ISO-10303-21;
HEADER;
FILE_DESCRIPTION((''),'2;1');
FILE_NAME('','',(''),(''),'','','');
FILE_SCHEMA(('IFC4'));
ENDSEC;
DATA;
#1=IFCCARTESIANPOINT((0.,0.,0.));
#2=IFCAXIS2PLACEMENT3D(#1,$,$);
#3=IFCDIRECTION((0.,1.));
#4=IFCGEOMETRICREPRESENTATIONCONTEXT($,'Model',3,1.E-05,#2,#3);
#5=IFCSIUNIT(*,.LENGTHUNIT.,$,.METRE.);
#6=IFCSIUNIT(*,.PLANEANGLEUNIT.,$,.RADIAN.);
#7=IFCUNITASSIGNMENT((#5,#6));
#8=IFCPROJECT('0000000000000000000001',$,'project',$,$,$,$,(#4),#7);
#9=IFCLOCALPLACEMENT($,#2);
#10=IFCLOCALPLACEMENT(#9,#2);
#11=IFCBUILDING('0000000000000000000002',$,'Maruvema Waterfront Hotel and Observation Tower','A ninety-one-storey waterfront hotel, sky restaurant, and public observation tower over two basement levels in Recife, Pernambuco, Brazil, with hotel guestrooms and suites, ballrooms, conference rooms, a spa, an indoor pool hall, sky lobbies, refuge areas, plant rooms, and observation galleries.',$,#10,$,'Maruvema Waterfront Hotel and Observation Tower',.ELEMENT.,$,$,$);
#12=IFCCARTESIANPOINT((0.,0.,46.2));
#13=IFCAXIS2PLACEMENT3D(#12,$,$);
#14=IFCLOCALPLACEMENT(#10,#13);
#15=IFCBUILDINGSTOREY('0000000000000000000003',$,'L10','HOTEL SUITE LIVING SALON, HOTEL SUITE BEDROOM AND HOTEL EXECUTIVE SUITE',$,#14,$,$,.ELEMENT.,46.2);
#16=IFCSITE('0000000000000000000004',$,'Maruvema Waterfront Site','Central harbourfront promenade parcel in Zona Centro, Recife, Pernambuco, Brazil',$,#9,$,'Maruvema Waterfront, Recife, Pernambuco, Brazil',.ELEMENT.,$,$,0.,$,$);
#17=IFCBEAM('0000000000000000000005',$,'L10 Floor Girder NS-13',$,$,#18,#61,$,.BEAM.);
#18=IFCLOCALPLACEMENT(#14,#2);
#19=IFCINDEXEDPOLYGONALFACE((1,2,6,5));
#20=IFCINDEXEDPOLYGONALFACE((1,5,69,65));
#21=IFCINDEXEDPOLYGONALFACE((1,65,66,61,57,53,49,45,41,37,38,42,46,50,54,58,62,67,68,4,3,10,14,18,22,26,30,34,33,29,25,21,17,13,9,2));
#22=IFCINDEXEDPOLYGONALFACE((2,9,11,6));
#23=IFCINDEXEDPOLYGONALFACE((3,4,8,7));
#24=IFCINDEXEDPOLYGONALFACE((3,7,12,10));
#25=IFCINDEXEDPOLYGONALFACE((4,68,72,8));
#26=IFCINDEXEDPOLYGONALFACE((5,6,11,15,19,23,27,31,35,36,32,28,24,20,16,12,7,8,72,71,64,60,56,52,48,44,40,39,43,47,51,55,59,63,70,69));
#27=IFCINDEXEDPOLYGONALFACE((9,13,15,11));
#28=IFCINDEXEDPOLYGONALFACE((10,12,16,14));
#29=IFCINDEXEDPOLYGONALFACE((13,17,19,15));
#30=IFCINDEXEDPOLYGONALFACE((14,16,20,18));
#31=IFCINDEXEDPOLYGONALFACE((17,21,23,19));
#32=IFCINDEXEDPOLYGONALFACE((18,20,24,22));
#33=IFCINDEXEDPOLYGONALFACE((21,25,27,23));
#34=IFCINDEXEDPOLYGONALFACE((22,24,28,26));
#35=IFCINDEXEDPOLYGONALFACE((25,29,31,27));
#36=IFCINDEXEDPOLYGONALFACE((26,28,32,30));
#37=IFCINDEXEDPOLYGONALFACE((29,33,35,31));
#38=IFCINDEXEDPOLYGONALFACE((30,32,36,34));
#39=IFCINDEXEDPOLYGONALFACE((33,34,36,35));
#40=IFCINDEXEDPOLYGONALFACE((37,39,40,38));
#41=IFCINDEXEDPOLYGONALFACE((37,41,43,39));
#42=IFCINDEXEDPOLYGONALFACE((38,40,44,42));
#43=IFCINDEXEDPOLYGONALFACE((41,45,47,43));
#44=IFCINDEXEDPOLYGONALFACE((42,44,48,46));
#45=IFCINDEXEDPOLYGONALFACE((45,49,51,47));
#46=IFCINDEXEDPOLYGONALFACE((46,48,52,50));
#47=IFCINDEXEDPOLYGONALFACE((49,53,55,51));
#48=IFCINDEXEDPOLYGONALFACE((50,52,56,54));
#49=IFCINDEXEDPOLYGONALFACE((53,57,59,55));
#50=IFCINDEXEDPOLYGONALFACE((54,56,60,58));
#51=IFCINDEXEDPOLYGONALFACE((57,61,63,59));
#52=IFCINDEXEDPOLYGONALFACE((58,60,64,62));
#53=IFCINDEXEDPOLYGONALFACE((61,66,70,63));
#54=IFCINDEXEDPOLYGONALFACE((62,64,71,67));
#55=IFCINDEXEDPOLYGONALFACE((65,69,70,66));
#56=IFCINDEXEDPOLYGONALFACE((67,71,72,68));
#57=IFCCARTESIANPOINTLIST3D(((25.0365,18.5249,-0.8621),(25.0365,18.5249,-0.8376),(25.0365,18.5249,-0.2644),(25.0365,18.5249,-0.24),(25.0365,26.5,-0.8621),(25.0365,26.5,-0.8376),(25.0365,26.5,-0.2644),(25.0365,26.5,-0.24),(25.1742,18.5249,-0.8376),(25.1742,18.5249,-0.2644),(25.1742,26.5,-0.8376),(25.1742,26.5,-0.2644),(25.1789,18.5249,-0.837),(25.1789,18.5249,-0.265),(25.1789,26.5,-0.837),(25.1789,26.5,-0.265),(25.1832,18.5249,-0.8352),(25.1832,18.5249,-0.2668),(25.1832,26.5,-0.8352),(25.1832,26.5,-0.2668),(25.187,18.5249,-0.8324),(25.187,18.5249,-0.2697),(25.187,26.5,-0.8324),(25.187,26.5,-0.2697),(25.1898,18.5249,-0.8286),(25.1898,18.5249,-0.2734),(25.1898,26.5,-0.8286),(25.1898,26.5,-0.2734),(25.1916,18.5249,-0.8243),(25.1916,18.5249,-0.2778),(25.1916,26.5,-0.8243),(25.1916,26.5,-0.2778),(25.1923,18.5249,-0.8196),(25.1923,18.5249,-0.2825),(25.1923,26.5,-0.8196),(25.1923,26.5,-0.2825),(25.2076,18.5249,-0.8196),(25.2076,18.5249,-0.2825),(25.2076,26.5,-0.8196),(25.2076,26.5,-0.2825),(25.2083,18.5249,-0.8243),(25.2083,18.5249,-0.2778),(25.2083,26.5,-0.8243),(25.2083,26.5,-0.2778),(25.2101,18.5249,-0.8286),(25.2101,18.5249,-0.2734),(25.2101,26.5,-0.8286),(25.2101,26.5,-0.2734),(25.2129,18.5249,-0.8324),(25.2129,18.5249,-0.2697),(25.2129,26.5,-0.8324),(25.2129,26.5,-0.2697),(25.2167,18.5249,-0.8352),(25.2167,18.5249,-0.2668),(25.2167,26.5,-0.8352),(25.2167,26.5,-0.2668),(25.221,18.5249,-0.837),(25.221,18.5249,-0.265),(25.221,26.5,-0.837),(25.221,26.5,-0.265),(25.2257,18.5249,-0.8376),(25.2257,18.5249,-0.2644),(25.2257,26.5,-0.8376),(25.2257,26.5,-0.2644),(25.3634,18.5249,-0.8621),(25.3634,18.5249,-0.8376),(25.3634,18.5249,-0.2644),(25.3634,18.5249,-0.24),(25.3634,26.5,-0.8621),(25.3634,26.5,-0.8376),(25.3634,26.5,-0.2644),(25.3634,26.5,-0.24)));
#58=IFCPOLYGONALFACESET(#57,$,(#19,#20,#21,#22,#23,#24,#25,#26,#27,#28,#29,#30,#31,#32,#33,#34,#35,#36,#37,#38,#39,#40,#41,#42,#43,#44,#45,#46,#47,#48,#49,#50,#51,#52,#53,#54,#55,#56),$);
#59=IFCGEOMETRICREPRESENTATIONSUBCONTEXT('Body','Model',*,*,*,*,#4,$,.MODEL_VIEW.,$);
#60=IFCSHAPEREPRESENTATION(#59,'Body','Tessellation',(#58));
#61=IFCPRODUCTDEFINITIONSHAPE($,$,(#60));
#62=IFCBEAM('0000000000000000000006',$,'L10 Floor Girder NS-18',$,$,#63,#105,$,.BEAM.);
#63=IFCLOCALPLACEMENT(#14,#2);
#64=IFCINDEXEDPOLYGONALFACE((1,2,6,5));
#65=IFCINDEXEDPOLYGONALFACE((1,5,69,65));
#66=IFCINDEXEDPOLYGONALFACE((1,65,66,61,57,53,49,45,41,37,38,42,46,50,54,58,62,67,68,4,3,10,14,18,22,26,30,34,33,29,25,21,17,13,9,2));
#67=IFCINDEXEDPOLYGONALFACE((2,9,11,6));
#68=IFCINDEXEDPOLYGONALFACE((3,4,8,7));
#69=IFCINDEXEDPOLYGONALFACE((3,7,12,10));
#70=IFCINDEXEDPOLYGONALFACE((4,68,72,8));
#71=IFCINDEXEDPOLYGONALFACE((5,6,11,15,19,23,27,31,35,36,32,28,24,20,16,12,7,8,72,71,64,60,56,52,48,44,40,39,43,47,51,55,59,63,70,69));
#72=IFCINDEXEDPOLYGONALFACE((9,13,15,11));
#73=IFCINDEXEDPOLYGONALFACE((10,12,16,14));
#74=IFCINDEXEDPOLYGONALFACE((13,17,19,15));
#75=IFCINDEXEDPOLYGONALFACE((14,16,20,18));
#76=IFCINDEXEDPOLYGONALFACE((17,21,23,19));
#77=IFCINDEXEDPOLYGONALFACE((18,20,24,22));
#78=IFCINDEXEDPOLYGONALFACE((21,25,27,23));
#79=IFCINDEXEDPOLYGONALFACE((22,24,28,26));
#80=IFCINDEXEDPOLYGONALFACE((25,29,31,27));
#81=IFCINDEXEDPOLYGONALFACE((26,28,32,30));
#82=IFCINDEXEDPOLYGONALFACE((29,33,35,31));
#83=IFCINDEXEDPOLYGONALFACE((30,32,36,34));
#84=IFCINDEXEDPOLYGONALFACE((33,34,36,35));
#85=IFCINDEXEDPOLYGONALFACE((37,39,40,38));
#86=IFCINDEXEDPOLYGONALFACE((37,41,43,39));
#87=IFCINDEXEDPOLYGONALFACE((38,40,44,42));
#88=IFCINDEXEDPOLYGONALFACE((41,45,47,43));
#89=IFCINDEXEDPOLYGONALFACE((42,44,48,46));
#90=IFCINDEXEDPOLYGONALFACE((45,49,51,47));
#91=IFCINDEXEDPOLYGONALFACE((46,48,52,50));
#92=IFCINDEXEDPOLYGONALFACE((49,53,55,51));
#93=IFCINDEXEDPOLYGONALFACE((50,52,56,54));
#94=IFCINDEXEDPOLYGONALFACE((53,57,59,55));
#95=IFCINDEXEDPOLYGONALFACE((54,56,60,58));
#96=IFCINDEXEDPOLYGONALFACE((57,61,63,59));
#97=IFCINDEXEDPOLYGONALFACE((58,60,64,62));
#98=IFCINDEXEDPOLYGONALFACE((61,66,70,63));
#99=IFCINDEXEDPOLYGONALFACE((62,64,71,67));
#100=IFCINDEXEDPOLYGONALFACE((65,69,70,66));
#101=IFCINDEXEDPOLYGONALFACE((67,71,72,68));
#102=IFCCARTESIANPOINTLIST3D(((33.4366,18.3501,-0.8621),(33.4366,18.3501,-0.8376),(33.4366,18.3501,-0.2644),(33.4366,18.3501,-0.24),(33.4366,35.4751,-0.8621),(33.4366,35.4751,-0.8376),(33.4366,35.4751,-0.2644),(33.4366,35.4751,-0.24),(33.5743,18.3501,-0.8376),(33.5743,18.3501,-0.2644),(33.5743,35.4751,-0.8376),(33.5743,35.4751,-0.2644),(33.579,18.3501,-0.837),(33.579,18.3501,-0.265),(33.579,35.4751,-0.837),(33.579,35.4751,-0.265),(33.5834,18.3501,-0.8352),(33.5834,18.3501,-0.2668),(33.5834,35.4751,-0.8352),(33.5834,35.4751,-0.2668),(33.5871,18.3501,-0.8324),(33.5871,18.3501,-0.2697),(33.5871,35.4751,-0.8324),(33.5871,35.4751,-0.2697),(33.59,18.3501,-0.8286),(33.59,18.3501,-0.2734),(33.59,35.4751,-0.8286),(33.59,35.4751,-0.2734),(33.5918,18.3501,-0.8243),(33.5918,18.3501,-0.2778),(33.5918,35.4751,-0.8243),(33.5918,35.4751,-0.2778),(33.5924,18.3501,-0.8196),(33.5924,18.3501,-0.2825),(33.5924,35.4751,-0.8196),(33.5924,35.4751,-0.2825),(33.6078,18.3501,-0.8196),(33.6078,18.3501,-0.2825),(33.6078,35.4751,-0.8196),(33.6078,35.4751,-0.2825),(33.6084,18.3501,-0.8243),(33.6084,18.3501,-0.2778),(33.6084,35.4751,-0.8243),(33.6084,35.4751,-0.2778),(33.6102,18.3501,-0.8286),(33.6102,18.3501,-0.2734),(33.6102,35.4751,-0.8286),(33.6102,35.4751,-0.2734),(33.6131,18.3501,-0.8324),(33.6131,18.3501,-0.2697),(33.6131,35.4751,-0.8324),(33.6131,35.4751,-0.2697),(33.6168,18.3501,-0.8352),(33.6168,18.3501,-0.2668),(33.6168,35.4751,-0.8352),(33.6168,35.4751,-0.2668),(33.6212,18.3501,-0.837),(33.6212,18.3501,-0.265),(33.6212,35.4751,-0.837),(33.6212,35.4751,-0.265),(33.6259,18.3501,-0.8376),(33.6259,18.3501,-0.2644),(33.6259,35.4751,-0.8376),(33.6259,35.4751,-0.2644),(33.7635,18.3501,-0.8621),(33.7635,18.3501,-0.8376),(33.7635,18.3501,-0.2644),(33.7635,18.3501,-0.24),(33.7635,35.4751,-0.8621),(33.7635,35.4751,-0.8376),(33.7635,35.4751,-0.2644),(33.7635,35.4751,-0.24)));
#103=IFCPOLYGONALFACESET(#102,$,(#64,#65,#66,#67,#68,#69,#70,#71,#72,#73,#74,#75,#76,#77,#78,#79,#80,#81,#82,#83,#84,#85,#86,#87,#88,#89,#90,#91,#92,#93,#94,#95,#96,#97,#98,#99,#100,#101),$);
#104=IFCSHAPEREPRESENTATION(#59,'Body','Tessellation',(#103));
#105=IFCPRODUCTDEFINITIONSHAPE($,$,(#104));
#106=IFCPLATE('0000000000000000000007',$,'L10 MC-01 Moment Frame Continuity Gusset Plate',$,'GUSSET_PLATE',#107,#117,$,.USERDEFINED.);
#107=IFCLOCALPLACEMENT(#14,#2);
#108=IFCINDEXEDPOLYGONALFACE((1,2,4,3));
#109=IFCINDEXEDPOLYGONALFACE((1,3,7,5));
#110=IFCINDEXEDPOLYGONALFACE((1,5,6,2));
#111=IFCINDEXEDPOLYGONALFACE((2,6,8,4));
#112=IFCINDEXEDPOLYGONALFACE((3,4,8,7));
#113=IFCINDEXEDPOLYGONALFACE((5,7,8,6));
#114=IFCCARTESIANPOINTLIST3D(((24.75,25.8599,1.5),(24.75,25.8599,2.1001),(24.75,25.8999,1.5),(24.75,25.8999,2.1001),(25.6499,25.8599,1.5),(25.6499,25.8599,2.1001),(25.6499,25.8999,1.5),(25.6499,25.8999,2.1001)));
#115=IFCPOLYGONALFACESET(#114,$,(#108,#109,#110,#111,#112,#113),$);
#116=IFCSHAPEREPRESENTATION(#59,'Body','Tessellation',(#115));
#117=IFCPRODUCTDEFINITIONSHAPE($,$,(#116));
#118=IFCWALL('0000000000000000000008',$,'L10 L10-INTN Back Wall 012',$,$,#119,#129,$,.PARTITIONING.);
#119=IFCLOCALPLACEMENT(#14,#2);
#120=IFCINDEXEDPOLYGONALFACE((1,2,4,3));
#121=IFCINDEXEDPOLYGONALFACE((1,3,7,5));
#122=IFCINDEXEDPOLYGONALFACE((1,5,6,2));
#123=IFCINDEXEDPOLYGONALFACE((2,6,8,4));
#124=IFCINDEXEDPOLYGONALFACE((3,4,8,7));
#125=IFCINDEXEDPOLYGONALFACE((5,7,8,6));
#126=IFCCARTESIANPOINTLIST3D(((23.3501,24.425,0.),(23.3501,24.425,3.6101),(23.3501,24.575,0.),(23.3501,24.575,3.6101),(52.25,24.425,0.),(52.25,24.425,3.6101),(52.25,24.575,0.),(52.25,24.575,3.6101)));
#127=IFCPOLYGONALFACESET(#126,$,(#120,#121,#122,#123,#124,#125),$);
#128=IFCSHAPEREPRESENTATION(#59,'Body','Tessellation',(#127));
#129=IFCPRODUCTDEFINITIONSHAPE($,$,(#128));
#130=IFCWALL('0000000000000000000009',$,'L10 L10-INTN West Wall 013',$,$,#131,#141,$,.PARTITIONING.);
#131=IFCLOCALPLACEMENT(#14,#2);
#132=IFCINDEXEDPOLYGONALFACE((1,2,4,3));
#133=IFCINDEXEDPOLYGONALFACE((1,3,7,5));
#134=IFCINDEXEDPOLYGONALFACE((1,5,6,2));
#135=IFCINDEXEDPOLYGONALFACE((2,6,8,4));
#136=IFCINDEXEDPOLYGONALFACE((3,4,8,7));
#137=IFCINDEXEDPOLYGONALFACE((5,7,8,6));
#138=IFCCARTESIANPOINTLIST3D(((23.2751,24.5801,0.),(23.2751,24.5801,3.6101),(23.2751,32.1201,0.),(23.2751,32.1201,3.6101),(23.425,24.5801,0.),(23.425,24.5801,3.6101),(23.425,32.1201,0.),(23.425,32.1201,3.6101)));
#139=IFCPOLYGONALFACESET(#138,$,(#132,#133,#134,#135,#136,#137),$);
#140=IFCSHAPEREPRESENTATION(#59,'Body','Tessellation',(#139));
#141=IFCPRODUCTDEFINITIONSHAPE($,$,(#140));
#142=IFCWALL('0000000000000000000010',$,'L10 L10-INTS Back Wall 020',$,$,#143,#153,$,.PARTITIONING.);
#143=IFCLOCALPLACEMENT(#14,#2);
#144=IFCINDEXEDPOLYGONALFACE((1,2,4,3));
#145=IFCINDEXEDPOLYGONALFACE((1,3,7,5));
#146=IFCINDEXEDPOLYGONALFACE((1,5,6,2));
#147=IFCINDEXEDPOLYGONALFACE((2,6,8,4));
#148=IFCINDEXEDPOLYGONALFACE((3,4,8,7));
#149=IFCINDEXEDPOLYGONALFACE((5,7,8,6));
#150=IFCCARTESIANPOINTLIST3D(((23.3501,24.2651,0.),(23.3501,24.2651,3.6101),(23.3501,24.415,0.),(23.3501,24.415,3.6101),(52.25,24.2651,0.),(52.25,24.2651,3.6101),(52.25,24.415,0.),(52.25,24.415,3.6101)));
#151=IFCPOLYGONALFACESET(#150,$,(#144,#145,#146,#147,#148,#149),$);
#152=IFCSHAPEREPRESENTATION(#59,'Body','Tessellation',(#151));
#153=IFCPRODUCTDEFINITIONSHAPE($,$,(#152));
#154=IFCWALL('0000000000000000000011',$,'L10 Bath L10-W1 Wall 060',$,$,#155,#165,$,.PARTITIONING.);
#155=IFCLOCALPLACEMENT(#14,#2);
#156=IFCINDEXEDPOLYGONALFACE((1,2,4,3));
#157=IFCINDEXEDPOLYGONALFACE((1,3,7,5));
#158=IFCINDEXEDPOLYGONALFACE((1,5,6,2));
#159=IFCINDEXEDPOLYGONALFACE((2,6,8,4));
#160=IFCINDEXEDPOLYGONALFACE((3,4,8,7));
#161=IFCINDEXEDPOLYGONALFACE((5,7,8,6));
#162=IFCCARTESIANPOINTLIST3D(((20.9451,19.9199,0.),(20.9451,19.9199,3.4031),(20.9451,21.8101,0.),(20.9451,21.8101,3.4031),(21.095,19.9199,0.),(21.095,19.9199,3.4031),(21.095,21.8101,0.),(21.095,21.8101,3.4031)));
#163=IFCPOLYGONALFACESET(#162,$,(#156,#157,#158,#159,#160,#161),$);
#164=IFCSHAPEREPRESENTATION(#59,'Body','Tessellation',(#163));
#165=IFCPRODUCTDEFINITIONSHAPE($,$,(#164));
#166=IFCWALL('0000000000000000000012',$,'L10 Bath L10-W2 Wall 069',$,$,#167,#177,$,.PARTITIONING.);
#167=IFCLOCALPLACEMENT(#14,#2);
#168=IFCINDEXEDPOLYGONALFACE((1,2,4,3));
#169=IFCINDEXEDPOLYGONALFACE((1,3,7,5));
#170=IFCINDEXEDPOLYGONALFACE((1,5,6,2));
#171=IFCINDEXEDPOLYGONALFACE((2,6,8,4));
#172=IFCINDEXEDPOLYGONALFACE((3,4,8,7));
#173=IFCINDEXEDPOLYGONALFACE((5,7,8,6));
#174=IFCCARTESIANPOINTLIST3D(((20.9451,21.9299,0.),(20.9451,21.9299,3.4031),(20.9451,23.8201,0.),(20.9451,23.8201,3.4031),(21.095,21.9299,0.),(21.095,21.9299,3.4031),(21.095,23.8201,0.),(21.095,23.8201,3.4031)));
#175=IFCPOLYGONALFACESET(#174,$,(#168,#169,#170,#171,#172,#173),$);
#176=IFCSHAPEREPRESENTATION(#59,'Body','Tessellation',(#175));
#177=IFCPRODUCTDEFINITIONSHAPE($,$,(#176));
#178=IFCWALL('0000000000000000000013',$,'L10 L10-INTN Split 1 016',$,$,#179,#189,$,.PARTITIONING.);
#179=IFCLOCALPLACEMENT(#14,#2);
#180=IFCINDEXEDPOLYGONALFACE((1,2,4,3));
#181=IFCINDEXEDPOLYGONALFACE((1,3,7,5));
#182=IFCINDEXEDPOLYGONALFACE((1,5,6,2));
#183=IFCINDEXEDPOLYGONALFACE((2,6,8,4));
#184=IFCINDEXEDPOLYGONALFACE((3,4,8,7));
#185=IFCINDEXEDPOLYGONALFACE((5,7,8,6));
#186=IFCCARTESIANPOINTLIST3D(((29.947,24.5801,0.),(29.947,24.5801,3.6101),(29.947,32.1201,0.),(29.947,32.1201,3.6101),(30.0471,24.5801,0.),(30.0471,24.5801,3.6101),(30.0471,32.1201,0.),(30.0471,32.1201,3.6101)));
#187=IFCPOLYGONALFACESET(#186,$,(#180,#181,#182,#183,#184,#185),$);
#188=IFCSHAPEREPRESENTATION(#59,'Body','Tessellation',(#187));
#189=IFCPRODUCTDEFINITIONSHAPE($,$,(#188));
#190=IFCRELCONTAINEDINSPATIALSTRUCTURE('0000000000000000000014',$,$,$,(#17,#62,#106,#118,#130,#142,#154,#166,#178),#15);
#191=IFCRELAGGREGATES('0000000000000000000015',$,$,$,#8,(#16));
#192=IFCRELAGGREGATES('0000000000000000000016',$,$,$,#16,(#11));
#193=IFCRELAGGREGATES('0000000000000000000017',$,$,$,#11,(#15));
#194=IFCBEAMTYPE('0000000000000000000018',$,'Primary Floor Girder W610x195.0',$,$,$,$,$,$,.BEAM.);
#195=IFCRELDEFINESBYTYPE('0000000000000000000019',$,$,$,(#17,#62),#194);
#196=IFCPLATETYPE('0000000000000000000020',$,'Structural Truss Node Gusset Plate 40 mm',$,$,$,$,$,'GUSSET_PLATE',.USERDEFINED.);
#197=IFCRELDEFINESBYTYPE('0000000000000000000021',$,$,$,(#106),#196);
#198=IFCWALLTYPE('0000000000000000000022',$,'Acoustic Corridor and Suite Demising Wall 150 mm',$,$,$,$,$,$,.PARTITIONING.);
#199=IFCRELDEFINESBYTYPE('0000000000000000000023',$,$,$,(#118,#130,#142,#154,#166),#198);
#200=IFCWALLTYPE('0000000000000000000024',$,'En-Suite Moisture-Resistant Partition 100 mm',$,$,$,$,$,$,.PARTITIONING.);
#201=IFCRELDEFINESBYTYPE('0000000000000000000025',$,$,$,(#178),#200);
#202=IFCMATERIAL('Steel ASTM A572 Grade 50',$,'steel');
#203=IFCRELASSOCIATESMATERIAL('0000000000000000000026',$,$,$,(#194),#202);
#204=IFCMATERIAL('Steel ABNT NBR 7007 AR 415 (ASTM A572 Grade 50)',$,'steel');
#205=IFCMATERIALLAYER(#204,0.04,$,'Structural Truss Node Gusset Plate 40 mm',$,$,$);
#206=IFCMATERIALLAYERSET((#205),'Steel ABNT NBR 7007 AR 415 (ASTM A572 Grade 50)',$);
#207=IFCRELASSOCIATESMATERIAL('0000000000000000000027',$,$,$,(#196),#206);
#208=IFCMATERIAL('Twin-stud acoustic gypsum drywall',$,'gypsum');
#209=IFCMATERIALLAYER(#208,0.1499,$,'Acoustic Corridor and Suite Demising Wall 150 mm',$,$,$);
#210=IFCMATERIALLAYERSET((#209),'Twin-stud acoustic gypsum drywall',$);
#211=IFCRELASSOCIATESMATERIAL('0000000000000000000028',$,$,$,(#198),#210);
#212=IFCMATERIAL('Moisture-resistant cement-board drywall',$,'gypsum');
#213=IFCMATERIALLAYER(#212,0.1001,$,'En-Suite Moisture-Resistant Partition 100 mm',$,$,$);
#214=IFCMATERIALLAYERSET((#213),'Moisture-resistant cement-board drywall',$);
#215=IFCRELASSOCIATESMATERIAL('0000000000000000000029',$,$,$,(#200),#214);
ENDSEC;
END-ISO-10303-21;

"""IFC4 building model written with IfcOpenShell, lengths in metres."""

from ifc_helpers import new_model, si_unit, direction, frame, frame_2d, origin, origin_2d, place, context, subcontext, project, spatial, rectangle, i_section, extrude, material, layer, layer_set, material_profile, profile_set, type_object, element, save


model = new_model("IFC4")

# Units and contexts
model_context = context("Model", 3, precision=1e-05, world=origin(), true_north=direction((0.0, 1.0)))
body_context = subcontext(model_context, "Body", "Model", "MODEL_VIEW")
ifc_project = project(units=[si_unit("LENGTHUNIT", "METRE"), si_unit("PLANEANGLEUNIT", "RADIAN")], contexts=[model_context])

# Site, building, storey
site_placement = place(None, origin())
site = spatial("IfcSite", under=ifc_project, at=site_placement, Name="Maruvema Waterfront Site", Description="Central harbourfront promenade parcel in Zona Centro, Recife, Pernambuco, Brazil", LongName="Maruvema Waterfront, Recife, Pernambuco, Brazil", CompositionType="ELEMENT", RefElevation=0.0)
building_placement = place(site_placement, origin())
building = spatial("IfcBuilding", under=site, at=building_placement, Name="Maruvema Waterfront Hotel and Observation Tower", Description="A ninety-one-storey waterfront hotel, sky restaurant, and public observation tower over two basement levels in Recife, Pernambuco, Brazil, with hotel guestrooms and suites, ballrooms, conference rooms, a spa, an indoor pool hall, sky lobbies, refuge areas, plant rooms, and observation galleries.", LongName="Maruvema Waterfront Hotel and Observation Tower", CompositionType="ELEMENT")
storey_placement = place(building_placement, frame((0.0, 0.0, 46.2)))
storey = spatial("IfcBuildingStorey", under=building, at=storey_placement, Name="L10", Description="HOTEL SUITE LIVING SALON, HOTEL SUITE BEDROOM AND HOTEL EXECUTIVE SUITE", CompositionType="ELEMENT", Elevation=46.2)

# Beams
ifc_material_1 = material(Name="Steel ASTM A572 Grade 50", Category="steel")
ifc_material_profile_1 = material_profile(ifc_material_1, i_section(OverallWidth=0.3269, OverallDepth=0.6221, WebThickness=0.0154, FlangeThickness=0.0244, FilletRadius=0.0181, at=origin_2d()), Name="W610x195.0")
ifc_profile_set_1 = profile_set([ifc_material_profile_1], Name="Steel ASTM A572 Grade 50")
beam_type = type_object("IfcBeamType", Name="Primary Floor Girder W610x195.0", PredefinedType="BEAM", material=ifc_profile_set_1)
beam_1_placement = place(storey_placement, frame((25.2, 18.5249, -0.551), z_axis=(0.0, 1.0, 0.0), x_axis=(-1.0, 0.0, 0.0)))
element("IfcBeam", 1, at=beam_1_placement, inside=storey, type_object=beam_type, Name="L10 Floor Girder NS-13", PredefinedType="BEAM", context=body_context, shape_type="SweptSolid", body=[
    extrude(i_section(OverallWidth=0.3269, OverallDepth=0.6221, WebThickness=0.0154, FlangeThickness=0.0244, FilletRadius=0.0181, at=origin_2d()), origin(), (0.0, 0.0, 1.0), 7.9751),
])
beam_2_placement = place(storey_placement, frame((33.6001, 18.3501, -0.551), z_axis=(0.0, 1.0, 0.0), x_axis=(-1.0, 0.0, 0.0)))
element("IfcBeam", 2, at=beam_2_placement, inside=storey, type_object=beam_type, Name="L10 Floor Girder NS-18", PredefinedType="BEAM", context=body_context, shape_type="SweptSolid", body=[
    extrude(i_section(OverallWidth=0.3269, OverallDepth=0.6221, WebThickness=0.0154, FlangeThickness=0.0244, FilletRadius=0.0181, at=origin_2d()), origin(), (0.0, 0.0, 1.0), 17.125),
])

# Plate
ifc_material_2 = material(Name="Steel ABNT NBR 7007 AR 415 (ASTM A572 Grade 50)", Category="steel")
ifc_layer_1 = layer(ifc_material_2, 0.04, Name="Structural Truss Node Gusset Plate 40 mm")
ifc_layer_set_1 = layer_set([ifc_layer_1], Name="Steel ABNT NBR 7007 AR 415 (ASTM A572 Grade 50)")
plate_type = type_object("IfcPlateType", Name="Structural Truss Node Gusset Plate 40 mm", ElementType="GUSSET_PLATE", PredefinedType="USERDEFINED", material=ifc_layer_set_1)
plate_placement = place(storey_placement, frame((25.2, 25.8799, 1.5), z_axis=(0.0, 0.0, 1.0), x_axis=(1.0, 0.0, 0.0)))
element("IfcPlate", 3, at=plate_placement, inside=storey, type_object=plate_type, Name="L10 MC-01 Moment Frame Continuity Gusset Plate", ObjectType="GUSSET_PLATE", PredefinedType="USERDEFINED", context=body_context, shape_type="SweptSolid", body=[
    extrude(rectangle(XDim=0.8999, YDim=0.04, at=origin_2d()), origin(), (0.0, 0.0, 1.0), 0.6001),
])

# Walls
ifc_material_3 = material(Name="Twin-stud acoustic gypsum drywall", Category="gypsum")
ifc_layer_2 = layer(ifc_material_3, 0.1499, Name="Acoustic Corridor and Suite Demising Wall 150 mm")
ifc_layer_set_2 = layer_set([ifc_layer_2], Name="Twin-stud acoustic gypsum drywall")
wall_type_1 = type_object("IfcWallType", Name="Acoustic Corridor and Suite Demising Wall 150 mm", PredefinedType="PARTITIONING", material=ifc_layer_set_2)
wall_1_placement = place(storey_placement, frame((23.3501, 24.5, 0.0), z_axis=(0.0, 0.0, 1.0), x_axis=(1.0, 0.0, 0.0)))
element("IfcWall", 4, at=wall_1_placement, inside=storey, type_object=wall_type_1, Name="L10 L10-INTN Back Wall 012", PredefinedType="PARTITIONING", context=body_context, shape_type="SweptSolid", body=[
    extrude(rectangle(XDim=28.8999, YDim=0.1499, at=frame_2d((14.45, 0.0))), origin(), (0.0, 0.0, 1.0), 3.6101),
])
wall_2_placement = place(storey_placement, frame((23.3501, 24.5801, 0.0), z_axis=(0.0, 0.0, 1.0), x_axis=(0.0, 1.0, 0.0)))
element("IfcWall", 5, at=wall_2_placement, inside=storey, type_object=wall_type_1, Name="L10 L10-INTN West Wall 013", PredefinedType="PARTITIONING", context=body_context, shape_type="SweptSolid", body=[
    extrude(rectangle(XDim=7.54, YDim=0.1499, at=frame_2d((3.77, 0.0))), origin(), (0.0, 0.0, 1.0), 3.6101),
])
wall_3_placement = place(storey_placement, frame((23.3501, 24.3401, 0.0), z_axis=(0.0, 0.0, 1.0), x_axis=(1.0, 0.0, 0.0)))
element("IfcWall", 6, at=wall_3_placement, inside=storey, type_object=wall_type_1, Name="L10 L10-INTS Back Wall 020", PredefinedType="PARTITIONING", context=body_context, shape_type="SweptSolid", body=[
    extrude(rectangle(XDim=28.8999, YDim=0.1499, at=frame_2d((14.45, 0.0))), origin(), (0.0, 0.0, 1.0), 3.6101),
])
for number, where, z_axis, x_axis, name in (
    (7, (21.02, 19.9199, 0.0), (0.0, 0.0, 1.0), (0.0, 1.0, 0.0), "L10 Bath L10-W1 Wall 060"),
    (8, (21.02, 21.9299, 0.0), (0.0, 0.0, 1.0), (0.0, 1.0, 0.0), "L10 Bath L10-W2 Wall 069"),
):
    element("IfcWall", number, at=place(storey_placement, frame(where, z_axis=z_axis, x_axis=x_axis)), inside=storey, type_object=wall_type_1, Name=name, PredefinedType="PARTITIONING", context=body_context, shape_type="SweptSolid", body=[
        extrude(rectangle(XDim=1.8901, YDim=0.1499, at=frame_2d((0.9451, 0.0))), origin(), (0.0, 0.0, 1.0), 3.4031),
    ])

# Wall
ifc_material_4 = material(Name="Moisture-resistant cement-board drywall", Category="gypsum")
ifc_layer_3 = layer(ifc_material_4, 0.1001, Name="En-Suite Moisture-Resistant Partition 100 mm")
ifc_layer_set_3 = layer_set([ifc_layer_3], Name="Moisture-resistant cement-board drywall")
wall_type_2 = type_object("IfcWallType", Name="En-Suite Moisture-Resistant Partition 100 mm", PredefinedType="PARTITIONING", material=ifc_layer_set_3)
wall_4_placement = place(storey_placement, frame((29.9971, 24.5801, 0.0), z_axis=(0.0, 0.0, 1.0), x_axis=(0.0, 1.0, 0.0)))
element("IfcWall", 9, at=wall_4_placement, inside=storey, type_object=wall_type_2, Name="L10 L10-INTN Split 1 016", PredefinedType="PARTITIONING", context=body_context, shape_type="SweptSolid", body=[
    extrude(rectangle(XDim=7.54, YDim=0.1001, at=frame_2d((3.77, 0.0))), origin(), (0.0, 0.0, 1.0), 3.6101),
])

save(model, "model.ifc")
